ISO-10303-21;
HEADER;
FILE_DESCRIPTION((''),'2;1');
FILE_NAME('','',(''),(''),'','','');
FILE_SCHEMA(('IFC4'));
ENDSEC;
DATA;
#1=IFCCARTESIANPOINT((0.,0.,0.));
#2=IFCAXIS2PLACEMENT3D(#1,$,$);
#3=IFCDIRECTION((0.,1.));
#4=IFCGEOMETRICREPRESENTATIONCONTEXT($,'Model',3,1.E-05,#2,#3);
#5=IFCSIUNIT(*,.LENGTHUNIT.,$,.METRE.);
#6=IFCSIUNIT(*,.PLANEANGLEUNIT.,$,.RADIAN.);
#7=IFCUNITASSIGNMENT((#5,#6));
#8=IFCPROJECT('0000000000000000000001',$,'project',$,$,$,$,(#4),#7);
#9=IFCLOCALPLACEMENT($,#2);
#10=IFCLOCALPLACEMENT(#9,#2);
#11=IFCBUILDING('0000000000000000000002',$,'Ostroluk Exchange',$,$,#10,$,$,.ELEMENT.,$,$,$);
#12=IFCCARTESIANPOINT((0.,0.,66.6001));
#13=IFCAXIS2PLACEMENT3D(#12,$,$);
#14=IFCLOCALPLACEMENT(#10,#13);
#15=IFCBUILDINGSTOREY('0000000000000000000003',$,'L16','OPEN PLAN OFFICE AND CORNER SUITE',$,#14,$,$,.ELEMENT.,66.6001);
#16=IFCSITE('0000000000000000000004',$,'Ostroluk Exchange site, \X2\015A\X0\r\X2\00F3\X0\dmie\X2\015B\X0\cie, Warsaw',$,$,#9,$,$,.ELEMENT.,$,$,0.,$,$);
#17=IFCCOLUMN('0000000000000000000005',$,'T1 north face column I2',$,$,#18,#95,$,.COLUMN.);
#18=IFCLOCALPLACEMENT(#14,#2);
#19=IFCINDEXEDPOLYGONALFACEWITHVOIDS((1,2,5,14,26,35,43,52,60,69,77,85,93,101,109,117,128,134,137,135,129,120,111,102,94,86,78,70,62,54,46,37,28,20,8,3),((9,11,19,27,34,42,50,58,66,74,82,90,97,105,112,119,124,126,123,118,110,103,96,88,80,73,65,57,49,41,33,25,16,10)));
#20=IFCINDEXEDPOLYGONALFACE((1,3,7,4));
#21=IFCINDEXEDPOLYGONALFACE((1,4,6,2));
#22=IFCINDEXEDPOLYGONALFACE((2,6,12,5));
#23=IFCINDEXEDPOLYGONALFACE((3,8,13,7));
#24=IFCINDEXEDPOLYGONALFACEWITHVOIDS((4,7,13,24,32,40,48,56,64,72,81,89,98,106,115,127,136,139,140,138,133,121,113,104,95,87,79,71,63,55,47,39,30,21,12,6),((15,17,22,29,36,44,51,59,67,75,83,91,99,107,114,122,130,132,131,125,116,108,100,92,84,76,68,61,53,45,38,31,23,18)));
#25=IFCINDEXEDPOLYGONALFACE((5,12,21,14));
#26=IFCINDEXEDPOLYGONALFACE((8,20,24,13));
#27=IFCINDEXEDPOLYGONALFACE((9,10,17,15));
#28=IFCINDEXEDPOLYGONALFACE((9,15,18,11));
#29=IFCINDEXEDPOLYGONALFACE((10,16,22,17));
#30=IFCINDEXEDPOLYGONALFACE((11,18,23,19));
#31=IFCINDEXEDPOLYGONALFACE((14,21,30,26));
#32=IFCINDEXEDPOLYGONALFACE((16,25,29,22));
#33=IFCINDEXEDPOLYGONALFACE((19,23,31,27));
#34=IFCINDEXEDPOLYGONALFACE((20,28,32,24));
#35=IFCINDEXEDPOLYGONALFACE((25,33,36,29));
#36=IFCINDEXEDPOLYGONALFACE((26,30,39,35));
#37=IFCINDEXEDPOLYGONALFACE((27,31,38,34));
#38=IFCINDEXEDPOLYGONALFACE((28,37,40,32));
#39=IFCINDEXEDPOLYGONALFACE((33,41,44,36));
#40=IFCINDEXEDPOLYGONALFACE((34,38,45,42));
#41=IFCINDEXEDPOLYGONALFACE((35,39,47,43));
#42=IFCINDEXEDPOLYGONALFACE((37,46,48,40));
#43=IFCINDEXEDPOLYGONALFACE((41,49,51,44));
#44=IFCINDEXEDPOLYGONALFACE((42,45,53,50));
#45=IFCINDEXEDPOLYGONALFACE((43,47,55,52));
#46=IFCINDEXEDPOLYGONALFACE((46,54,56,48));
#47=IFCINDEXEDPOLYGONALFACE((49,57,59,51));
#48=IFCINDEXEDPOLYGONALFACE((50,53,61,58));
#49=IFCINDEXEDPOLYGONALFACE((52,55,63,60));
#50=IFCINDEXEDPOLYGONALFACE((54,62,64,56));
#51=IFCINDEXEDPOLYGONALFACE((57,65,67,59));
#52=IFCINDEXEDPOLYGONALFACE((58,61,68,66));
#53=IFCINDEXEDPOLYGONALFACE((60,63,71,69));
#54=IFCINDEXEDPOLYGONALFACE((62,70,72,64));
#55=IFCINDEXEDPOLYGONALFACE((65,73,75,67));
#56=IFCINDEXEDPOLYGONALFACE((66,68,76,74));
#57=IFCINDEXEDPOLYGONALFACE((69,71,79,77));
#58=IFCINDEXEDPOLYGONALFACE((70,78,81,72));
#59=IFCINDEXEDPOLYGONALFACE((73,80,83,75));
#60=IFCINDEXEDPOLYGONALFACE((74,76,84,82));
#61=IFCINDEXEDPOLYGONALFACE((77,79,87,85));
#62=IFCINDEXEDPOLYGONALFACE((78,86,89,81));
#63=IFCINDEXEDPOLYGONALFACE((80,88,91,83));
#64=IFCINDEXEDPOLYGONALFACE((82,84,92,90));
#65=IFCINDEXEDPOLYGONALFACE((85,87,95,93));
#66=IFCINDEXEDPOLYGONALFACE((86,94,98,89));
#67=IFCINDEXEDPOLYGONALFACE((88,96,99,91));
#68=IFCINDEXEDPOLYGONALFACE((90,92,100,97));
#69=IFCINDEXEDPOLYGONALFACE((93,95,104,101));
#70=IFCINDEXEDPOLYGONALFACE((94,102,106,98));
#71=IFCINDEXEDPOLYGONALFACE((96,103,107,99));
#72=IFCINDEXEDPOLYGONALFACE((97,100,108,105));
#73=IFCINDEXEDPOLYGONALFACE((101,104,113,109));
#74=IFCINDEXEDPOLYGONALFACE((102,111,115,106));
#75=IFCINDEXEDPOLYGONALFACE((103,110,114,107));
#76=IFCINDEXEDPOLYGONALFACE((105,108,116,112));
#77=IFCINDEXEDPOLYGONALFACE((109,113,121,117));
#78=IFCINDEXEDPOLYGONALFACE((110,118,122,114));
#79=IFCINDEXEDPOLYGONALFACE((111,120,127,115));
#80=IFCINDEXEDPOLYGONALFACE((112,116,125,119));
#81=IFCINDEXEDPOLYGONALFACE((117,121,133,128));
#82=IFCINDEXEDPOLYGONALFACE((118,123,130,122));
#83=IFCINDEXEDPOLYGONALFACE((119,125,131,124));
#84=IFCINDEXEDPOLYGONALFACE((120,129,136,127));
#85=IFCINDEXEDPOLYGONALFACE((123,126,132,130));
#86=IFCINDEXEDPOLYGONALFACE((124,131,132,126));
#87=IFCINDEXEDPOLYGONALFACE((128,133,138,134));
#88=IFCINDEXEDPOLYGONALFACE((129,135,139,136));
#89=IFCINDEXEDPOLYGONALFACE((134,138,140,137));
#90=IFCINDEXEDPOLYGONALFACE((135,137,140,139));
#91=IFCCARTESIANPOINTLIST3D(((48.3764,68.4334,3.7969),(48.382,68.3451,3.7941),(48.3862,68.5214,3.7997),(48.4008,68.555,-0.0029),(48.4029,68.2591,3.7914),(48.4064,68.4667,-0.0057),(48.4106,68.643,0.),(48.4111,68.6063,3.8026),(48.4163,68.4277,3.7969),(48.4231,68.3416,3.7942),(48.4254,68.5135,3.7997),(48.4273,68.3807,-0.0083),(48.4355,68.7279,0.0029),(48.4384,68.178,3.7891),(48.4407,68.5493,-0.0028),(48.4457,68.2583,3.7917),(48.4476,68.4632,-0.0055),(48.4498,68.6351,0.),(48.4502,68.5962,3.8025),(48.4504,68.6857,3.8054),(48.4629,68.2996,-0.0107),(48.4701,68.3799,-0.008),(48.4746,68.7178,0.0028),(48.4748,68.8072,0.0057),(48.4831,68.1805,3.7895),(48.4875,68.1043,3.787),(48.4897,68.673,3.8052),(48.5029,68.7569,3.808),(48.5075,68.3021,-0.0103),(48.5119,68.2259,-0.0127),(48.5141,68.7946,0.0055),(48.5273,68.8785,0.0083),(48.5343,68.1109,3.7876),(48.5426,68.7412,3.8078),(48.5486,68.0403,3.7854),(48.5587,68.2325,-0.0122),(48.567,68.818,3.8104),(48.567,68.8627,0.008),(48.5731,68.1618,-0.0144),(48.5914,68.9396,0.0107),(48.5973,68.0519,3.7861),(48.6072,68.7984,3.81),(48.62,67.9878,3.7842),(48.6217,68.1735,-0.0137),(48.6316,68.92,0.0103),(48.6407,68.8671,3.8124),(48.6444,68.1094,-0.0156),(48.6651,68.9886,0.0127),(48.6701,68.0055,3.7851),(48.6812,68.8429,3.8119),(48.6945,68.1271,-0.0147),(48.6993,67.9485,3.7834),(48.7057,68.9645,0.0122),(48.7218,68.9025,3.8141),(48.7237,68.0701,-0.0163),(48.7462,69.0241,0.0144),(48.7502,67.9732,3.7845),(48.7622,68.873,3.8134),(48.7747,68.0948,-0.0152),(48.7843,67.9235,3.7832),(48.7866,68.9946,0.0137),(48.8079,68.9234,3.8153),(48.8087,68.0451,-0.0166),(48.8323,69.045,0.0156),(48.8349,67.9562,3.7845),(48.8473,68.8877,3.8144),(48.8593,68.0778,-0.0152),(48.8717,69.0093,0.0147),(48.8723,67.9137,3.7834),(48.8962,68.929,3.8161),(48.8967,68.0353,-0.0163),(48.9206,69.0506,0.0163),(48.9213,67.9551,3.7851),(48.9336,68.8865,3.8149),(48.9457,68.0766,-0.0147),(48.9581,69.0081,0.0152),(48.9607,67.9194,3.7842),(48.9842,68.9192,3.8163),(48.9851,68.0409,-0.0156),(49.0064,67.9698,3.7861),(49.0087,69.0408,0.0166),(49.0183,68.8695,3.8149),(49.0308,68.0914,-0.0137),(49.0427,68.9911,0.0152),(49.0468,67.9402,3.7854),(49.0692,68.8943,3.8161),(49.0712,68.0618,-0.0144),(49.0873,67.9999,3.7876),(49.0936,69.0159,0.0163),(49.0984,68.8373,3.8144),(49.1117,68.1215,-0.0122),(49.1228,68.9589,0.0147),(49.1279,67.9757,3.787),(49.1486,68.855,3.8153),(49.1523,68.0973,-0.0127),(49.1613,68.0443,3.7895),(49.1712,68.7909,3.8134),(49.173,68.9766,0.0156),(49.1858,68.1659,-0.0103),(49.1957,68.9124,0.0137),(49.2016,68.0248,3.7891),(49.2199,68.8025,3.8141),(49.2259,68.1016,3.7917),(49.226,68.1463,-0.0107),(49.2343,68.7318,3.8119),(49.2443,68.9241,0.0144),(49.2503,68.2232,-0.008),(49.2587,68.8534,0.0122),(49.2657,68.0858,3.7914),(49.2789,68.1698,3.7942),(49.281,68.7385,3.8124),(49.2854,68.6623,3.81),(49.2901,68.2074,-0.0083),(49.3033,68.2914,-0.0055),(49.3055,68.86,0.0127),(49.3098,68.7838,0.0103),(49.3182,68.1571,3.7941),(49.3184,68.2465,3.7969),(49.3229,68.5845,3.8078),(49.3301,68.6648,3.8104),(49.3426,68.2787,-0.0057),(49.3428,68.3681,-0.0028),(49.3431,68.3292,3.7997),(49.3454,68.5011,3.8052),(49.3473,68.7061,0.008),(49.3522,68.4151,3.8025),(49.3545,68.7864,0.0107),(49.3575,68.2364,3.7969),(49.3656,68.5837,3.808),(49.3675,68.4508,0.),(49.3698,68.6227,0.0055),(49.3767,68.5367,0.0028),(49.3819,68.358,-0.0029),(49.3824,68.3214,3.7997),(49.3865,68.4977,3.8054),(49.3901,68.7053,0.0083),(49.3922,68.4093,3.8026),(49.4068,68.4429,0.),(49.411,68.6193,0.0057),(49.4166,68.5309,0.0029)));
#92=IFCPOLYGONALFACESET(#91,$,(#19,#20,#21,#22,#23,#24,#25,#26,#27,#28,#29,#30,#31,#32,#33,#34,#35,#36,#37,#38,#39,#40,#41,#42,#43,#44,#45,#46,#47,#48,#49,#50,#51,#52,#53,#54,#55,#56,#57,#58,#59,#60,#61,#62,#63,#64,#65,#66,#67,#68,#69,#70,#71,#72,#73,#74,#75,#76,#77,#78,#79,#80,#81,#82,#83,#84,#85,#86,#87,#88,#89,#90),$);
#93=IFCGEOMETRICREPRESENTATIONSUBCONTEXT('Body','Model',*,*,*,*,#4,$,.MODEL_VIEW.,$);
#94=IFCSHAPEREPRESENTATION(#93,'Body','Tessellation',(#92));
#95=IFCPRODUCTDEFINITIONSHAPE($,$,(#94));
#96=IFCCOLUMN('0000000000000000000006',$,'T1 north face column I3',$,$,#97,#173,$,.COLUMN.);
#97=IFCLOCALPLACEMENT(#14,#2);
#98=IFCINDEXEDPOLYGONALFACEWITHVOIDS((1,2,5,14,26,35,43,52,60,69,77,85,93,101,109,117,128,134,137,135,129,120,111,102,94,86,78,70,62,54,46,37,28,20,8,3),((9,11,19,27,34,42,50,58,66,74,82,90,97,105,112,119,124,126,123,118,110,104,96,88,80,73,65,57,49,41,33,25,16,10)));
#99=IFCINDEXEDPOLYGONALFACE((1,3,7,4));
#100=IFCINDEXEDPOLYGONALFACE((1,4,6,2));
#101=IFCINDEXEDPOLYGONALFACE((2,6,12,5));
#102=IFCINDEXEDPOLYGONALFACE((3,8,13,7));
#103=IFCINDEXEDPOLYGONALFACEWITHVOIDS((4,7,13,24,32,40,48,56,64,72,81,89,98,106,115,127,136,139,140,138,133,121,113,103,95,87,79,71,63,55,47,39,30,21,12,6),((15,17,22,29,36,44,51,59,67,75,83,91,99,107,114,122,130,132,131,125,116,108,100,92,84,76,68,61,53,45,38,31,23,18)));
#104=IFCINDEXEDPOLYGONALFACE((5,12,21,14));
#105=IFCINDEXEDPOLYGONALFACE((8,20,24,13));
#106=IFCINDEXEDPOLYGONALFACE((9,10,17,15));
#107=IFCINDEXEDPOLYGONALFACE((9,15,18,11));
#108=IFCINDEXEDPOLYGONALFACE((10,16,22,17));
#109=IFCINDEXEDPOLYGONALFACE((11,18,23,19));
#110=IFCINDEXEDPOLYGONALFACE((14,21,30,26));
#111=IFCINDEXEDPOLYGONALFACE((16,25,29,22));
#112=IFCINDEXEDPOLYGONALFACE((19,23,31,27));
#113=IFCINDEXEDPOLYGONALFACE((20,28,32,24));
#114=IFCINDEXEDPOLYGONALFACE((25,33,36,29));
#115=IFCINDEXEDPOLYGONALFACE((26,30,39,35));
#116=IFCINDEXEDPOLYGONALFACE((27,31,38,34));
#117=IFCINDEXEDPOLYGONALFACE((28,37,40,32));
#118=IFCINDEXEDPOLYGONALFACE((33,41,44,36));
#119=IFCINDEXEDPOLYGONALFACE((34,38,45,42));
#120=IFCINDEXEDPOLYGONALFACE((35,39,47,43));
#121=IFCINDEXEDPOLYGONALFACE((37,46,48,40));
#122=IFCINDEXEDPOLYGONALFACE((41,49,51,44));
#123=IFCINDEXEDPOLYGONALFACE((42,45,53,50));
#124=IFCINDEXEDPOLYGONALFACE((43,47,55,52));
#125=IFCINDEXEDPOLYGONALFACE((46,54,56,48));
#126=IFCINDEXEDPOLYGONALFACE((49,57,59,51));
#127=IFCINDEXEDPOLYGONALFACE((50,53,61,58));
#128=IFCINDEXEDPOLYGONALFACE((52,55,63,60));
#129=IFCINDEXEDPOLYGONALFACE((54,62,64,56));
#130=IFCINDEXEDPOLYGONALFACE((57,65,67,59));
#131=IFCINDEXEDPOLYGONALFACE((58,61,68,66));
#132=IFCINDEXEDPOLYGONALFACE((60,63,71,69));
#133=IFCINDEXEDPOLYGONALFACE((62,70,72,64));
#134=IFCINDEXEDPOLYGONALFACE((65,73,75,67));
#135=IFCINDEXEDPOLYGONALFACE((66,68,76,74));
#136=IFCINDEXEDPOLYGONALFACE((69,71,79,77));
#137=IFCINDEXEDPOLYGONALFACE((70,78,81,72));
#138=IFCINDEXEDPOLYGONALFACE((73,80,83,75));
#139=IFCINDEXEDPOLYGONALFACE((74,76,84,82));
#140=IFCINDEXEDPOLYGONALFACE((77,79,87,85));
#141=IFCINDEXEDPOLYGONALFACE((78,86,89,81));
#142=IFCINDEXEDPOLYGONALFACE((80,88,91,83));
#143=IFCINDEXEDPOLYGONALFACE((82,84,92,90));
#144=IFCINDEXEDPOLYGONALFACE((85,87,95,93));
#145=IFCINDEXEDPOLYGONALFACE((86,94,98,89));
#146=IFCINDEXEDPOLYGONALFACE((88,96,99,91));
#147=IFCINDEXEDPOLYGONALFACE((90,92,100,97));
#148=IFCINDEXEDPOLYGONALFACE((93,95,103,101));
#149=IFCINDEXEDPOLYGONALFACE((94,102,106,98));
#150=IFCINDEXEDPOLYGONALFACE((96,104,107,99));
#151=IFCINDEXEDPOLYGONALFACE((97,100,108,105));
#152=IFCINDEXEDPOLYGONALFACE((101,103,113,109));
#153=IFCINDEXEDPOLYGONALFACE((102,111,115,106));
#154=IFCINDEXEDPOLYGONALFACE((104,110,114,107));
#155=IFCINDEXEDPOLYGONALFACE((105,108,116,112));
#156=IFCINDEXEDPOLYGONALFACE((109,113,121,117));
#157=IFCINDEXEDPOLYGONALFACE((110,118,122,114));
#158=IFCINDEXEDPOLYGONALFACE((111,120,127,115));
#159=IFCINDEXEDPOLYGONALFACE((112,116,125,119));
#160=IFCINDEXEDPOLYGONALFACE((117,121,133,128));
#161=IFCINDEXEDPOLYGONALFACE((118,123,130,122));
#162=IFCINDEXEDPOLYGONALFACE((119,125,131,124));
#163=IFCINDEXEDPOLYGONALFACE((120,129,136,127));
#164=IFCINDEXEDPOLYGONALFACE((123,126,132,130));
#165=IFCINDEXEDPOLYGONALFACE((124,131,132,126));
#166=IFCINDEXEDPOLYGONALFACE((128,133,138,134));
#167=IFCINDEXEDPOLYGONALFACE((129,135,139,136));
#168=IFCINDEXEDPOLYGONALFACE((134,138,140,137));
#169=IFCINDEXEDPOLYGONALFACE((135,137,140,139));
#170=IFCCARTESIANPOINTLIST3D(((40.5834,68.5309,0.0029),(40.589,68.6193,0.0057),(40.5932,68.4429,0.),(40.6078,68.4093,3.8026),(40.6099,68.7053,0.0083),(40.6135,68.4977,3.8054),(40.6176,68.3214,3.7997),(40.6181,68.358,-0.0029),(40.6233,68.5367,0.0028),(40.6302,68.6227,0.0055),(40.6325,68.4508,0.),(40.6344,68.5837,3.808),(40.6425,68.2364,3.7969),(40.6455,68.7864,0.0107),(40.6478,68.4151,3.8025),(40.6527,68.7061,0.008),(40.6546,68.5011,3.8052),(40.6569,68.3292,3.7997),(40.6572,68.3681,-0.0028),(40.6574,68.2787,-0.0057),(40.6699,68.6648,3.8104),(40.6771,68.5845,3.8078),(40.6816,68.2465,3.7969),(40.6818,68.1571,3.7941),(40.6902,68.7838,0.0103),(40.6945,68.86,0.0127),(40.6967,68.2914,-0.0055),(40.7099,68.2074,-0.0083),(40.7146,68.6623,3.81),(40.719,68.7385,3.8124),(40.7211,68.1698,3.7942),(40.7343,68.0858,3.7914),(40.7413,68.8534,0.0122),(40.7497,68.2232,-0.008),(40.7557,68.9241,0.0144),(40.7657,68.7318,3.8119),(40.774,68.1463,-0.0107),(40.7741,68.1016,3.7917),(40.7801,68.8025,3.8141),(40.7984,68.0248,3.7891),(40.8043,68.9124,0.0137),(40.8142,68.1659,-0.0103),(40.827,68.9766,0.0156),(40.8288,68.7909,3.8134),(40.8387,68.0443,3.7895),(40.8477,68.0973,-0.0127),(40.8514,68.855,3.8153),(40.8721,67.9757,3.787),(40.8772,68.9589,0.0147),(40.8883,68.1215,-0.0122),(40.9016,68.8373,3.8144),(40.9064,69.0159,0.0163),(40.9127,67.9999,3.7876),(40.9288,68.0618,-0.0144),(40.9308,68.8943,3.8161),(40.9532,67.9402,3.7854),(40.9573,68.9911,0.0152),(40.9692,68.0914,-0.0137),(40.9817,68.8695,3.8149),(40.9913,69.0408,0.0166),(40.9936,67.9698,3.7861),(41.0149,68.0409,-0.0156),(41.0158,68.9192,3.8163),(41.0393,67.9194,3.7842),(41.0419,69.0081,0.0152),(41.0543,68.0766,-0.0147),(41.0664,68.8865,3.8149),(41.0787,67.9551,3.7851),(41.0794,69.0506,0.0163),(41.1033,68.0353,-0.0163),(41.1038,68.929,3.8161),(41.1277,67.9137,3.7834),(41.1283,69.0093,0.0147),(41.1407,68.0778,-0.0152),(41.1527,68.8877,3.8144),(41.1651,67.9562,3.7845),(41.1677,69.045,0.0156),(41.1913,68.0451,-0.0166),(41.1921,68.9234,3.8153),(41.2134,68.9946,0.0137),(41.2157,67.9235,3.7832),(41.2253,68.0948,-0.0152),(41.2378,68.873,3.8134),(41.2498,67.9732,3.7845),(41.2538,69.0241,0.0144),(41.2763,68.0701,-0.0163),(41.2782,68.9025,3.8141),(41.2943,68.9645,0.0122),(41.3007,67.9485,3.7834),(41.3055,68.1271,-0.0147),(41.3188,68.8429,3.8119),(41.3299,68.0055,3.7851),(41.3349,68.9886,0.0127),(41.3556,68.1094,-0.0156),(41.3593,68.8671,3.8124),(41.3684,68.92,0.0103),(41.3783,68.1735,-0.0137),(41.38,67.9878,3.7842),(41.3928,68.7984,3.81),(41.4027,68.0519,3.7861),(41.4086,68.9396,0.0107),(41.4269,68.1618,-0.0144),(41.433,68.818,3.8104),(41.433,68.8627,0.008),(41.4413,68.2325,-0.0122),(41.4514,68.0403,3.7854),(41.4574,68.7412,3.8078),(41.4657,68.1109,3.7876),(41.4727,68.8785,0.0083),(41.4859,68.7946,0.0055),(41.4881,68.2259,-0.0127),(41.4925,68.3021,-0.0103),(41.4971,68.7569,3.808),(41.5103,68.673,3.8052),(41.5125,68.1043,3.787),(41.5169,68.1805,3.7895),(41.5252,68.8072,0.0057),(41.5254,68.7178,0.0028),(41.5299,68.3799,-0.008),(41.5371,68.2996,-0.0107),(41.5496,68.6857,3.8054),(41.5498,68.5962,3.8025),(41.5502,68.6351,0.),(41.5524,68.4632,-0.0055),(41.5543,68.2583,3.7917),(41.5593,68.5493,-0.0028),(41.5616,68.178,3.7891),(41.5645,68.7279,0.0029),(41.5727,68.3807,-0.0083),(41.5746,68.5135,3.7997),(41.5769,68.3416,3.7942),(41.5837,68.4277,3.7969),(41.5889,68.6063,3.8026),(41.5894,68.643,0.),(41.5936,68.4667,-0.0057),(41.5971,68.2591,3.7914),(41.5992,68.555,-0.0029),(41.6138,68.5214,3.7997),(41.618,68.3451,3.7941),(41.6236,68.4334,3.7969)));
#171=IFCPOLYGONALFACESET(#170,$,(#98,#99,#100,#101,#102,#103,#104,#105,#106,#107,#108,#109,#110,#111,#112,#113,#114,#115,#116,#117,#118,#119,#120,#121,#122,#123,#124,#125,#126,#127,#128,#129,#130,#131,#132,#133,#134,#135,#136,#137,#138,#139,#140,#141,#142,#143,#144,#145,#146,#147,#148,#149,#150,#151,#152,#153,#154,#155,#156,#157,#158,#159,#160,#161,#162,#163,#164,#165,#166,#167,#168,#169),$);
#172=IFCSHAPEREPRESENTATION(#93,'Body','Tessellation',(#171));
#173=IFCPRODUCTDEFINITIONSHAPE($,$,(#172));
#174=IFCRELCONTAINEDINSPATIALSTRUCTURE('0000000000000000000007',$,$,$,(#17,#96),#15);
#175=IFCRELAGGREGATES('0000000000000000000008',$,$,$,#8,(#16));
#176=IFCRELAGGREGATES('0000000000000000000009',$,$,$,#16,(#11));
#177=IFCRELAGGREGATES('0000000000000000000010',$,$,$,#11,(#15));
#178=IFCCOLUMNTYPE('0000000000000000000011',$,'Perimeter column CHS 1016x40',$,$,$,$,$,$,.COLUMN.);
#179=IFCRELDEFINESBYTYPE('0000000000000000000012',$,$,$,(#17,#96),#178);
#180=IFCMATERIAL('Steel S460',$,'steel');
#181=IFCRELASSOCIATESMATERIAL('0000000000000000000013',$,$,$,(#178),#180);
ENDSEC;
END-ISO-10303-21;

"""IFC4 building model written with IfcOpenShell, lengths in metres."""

from ifc_helpers import new_model, si_unit, direction, frame, origin, origin_2d, place, context, subcontext, project, spatial, hollow_circle, extrude, material, material_profile, profile_set, type_object, element, save


model = new_model("IFC4")

# Units and contexts
model_context = context("Model", 3, precision=1e-05, world=origin(), true_north=direction((0.0, 1.0)))
body_context = subcontext(model_context, "Body", "Model", "MODEL_VIEW")
ifc_project = project(units=[si_unit("LENGTHUNIT", "METRE"), si_unit("PLANEANGLEUNIT", "RADIAN")], contexts=[model_context])

# Site, building, storey
site_placement = place(None, origin())
site = spatial("IfcSite", under=ifc_project, at=site_placement, Name="Ostroluk Exchange site, Śródmieście, Warsaw", CompositionType="ELEMENT", RefElevation=0.0)
building_placement = place(site_placement, origin())
building = spatial("IfcBuilding", under=site, at=building_placement, Name="Ostroluk Exchange", CompositionType="ELEMENT")
storey_placement = place(building_placement, frame((0.0, 0.0, 66.6001)))
storey = spatial("IfcBuildingStorey", under=building, at=storey_placement, Name="L16", Description="OPEN PLAN OFFICE AND CORNER SUITE", CompositionType="ELEMENT", Elevation=66.6001)

# Columns
ifc_material_1 = material(Name="Steel S460", Category="steel")
ifc_material_profile_1 = material_profile(ifc_material_1, hollow_circle(Radius=0.5081, WallThickness=0.04, at=origin_2d()), Name="CHS 1016x40")
ifc_profile_set_1 = profile_set([ifc_material_profile_1], Name="Steel S460")
column_type = type_object("IfcColumnType", Name="Perimeter column CHS 1016x40", PredefinedType="COLUMN", material=ifc_profile_set_1)
for number, where, z_axis, x_axis, name in (
    (1, (48.9087, 68.543, 0.0), (-0.006422, -0.03198, 0.999468), (0.980429, -0.196873, 0.0), "T1 north face column I2"),
    (2, (41.0913, 68.543, 0.0), (0.006422, -0.03198, 0.999468), (0.980429, 0.196873, 0.0), "T1 north face column I3"),
):
    element("IfcColumn", number, at=place(storey_placement, frame(where, z_axis=z_axis, x_axis=x_axis)), inside=storey, type_object=column_type, Name=name, PredefinedType="COLUMN", context=body_context, shape_type="SweptSolid", body=[
        extrude(hollow_circle(Radius=0.5081, WallThickness=0.04, at=origin_2d()), origin(), (0.0, 0.0, 1.0), 3.8018),
    ])

save(model, "model.ifc")
